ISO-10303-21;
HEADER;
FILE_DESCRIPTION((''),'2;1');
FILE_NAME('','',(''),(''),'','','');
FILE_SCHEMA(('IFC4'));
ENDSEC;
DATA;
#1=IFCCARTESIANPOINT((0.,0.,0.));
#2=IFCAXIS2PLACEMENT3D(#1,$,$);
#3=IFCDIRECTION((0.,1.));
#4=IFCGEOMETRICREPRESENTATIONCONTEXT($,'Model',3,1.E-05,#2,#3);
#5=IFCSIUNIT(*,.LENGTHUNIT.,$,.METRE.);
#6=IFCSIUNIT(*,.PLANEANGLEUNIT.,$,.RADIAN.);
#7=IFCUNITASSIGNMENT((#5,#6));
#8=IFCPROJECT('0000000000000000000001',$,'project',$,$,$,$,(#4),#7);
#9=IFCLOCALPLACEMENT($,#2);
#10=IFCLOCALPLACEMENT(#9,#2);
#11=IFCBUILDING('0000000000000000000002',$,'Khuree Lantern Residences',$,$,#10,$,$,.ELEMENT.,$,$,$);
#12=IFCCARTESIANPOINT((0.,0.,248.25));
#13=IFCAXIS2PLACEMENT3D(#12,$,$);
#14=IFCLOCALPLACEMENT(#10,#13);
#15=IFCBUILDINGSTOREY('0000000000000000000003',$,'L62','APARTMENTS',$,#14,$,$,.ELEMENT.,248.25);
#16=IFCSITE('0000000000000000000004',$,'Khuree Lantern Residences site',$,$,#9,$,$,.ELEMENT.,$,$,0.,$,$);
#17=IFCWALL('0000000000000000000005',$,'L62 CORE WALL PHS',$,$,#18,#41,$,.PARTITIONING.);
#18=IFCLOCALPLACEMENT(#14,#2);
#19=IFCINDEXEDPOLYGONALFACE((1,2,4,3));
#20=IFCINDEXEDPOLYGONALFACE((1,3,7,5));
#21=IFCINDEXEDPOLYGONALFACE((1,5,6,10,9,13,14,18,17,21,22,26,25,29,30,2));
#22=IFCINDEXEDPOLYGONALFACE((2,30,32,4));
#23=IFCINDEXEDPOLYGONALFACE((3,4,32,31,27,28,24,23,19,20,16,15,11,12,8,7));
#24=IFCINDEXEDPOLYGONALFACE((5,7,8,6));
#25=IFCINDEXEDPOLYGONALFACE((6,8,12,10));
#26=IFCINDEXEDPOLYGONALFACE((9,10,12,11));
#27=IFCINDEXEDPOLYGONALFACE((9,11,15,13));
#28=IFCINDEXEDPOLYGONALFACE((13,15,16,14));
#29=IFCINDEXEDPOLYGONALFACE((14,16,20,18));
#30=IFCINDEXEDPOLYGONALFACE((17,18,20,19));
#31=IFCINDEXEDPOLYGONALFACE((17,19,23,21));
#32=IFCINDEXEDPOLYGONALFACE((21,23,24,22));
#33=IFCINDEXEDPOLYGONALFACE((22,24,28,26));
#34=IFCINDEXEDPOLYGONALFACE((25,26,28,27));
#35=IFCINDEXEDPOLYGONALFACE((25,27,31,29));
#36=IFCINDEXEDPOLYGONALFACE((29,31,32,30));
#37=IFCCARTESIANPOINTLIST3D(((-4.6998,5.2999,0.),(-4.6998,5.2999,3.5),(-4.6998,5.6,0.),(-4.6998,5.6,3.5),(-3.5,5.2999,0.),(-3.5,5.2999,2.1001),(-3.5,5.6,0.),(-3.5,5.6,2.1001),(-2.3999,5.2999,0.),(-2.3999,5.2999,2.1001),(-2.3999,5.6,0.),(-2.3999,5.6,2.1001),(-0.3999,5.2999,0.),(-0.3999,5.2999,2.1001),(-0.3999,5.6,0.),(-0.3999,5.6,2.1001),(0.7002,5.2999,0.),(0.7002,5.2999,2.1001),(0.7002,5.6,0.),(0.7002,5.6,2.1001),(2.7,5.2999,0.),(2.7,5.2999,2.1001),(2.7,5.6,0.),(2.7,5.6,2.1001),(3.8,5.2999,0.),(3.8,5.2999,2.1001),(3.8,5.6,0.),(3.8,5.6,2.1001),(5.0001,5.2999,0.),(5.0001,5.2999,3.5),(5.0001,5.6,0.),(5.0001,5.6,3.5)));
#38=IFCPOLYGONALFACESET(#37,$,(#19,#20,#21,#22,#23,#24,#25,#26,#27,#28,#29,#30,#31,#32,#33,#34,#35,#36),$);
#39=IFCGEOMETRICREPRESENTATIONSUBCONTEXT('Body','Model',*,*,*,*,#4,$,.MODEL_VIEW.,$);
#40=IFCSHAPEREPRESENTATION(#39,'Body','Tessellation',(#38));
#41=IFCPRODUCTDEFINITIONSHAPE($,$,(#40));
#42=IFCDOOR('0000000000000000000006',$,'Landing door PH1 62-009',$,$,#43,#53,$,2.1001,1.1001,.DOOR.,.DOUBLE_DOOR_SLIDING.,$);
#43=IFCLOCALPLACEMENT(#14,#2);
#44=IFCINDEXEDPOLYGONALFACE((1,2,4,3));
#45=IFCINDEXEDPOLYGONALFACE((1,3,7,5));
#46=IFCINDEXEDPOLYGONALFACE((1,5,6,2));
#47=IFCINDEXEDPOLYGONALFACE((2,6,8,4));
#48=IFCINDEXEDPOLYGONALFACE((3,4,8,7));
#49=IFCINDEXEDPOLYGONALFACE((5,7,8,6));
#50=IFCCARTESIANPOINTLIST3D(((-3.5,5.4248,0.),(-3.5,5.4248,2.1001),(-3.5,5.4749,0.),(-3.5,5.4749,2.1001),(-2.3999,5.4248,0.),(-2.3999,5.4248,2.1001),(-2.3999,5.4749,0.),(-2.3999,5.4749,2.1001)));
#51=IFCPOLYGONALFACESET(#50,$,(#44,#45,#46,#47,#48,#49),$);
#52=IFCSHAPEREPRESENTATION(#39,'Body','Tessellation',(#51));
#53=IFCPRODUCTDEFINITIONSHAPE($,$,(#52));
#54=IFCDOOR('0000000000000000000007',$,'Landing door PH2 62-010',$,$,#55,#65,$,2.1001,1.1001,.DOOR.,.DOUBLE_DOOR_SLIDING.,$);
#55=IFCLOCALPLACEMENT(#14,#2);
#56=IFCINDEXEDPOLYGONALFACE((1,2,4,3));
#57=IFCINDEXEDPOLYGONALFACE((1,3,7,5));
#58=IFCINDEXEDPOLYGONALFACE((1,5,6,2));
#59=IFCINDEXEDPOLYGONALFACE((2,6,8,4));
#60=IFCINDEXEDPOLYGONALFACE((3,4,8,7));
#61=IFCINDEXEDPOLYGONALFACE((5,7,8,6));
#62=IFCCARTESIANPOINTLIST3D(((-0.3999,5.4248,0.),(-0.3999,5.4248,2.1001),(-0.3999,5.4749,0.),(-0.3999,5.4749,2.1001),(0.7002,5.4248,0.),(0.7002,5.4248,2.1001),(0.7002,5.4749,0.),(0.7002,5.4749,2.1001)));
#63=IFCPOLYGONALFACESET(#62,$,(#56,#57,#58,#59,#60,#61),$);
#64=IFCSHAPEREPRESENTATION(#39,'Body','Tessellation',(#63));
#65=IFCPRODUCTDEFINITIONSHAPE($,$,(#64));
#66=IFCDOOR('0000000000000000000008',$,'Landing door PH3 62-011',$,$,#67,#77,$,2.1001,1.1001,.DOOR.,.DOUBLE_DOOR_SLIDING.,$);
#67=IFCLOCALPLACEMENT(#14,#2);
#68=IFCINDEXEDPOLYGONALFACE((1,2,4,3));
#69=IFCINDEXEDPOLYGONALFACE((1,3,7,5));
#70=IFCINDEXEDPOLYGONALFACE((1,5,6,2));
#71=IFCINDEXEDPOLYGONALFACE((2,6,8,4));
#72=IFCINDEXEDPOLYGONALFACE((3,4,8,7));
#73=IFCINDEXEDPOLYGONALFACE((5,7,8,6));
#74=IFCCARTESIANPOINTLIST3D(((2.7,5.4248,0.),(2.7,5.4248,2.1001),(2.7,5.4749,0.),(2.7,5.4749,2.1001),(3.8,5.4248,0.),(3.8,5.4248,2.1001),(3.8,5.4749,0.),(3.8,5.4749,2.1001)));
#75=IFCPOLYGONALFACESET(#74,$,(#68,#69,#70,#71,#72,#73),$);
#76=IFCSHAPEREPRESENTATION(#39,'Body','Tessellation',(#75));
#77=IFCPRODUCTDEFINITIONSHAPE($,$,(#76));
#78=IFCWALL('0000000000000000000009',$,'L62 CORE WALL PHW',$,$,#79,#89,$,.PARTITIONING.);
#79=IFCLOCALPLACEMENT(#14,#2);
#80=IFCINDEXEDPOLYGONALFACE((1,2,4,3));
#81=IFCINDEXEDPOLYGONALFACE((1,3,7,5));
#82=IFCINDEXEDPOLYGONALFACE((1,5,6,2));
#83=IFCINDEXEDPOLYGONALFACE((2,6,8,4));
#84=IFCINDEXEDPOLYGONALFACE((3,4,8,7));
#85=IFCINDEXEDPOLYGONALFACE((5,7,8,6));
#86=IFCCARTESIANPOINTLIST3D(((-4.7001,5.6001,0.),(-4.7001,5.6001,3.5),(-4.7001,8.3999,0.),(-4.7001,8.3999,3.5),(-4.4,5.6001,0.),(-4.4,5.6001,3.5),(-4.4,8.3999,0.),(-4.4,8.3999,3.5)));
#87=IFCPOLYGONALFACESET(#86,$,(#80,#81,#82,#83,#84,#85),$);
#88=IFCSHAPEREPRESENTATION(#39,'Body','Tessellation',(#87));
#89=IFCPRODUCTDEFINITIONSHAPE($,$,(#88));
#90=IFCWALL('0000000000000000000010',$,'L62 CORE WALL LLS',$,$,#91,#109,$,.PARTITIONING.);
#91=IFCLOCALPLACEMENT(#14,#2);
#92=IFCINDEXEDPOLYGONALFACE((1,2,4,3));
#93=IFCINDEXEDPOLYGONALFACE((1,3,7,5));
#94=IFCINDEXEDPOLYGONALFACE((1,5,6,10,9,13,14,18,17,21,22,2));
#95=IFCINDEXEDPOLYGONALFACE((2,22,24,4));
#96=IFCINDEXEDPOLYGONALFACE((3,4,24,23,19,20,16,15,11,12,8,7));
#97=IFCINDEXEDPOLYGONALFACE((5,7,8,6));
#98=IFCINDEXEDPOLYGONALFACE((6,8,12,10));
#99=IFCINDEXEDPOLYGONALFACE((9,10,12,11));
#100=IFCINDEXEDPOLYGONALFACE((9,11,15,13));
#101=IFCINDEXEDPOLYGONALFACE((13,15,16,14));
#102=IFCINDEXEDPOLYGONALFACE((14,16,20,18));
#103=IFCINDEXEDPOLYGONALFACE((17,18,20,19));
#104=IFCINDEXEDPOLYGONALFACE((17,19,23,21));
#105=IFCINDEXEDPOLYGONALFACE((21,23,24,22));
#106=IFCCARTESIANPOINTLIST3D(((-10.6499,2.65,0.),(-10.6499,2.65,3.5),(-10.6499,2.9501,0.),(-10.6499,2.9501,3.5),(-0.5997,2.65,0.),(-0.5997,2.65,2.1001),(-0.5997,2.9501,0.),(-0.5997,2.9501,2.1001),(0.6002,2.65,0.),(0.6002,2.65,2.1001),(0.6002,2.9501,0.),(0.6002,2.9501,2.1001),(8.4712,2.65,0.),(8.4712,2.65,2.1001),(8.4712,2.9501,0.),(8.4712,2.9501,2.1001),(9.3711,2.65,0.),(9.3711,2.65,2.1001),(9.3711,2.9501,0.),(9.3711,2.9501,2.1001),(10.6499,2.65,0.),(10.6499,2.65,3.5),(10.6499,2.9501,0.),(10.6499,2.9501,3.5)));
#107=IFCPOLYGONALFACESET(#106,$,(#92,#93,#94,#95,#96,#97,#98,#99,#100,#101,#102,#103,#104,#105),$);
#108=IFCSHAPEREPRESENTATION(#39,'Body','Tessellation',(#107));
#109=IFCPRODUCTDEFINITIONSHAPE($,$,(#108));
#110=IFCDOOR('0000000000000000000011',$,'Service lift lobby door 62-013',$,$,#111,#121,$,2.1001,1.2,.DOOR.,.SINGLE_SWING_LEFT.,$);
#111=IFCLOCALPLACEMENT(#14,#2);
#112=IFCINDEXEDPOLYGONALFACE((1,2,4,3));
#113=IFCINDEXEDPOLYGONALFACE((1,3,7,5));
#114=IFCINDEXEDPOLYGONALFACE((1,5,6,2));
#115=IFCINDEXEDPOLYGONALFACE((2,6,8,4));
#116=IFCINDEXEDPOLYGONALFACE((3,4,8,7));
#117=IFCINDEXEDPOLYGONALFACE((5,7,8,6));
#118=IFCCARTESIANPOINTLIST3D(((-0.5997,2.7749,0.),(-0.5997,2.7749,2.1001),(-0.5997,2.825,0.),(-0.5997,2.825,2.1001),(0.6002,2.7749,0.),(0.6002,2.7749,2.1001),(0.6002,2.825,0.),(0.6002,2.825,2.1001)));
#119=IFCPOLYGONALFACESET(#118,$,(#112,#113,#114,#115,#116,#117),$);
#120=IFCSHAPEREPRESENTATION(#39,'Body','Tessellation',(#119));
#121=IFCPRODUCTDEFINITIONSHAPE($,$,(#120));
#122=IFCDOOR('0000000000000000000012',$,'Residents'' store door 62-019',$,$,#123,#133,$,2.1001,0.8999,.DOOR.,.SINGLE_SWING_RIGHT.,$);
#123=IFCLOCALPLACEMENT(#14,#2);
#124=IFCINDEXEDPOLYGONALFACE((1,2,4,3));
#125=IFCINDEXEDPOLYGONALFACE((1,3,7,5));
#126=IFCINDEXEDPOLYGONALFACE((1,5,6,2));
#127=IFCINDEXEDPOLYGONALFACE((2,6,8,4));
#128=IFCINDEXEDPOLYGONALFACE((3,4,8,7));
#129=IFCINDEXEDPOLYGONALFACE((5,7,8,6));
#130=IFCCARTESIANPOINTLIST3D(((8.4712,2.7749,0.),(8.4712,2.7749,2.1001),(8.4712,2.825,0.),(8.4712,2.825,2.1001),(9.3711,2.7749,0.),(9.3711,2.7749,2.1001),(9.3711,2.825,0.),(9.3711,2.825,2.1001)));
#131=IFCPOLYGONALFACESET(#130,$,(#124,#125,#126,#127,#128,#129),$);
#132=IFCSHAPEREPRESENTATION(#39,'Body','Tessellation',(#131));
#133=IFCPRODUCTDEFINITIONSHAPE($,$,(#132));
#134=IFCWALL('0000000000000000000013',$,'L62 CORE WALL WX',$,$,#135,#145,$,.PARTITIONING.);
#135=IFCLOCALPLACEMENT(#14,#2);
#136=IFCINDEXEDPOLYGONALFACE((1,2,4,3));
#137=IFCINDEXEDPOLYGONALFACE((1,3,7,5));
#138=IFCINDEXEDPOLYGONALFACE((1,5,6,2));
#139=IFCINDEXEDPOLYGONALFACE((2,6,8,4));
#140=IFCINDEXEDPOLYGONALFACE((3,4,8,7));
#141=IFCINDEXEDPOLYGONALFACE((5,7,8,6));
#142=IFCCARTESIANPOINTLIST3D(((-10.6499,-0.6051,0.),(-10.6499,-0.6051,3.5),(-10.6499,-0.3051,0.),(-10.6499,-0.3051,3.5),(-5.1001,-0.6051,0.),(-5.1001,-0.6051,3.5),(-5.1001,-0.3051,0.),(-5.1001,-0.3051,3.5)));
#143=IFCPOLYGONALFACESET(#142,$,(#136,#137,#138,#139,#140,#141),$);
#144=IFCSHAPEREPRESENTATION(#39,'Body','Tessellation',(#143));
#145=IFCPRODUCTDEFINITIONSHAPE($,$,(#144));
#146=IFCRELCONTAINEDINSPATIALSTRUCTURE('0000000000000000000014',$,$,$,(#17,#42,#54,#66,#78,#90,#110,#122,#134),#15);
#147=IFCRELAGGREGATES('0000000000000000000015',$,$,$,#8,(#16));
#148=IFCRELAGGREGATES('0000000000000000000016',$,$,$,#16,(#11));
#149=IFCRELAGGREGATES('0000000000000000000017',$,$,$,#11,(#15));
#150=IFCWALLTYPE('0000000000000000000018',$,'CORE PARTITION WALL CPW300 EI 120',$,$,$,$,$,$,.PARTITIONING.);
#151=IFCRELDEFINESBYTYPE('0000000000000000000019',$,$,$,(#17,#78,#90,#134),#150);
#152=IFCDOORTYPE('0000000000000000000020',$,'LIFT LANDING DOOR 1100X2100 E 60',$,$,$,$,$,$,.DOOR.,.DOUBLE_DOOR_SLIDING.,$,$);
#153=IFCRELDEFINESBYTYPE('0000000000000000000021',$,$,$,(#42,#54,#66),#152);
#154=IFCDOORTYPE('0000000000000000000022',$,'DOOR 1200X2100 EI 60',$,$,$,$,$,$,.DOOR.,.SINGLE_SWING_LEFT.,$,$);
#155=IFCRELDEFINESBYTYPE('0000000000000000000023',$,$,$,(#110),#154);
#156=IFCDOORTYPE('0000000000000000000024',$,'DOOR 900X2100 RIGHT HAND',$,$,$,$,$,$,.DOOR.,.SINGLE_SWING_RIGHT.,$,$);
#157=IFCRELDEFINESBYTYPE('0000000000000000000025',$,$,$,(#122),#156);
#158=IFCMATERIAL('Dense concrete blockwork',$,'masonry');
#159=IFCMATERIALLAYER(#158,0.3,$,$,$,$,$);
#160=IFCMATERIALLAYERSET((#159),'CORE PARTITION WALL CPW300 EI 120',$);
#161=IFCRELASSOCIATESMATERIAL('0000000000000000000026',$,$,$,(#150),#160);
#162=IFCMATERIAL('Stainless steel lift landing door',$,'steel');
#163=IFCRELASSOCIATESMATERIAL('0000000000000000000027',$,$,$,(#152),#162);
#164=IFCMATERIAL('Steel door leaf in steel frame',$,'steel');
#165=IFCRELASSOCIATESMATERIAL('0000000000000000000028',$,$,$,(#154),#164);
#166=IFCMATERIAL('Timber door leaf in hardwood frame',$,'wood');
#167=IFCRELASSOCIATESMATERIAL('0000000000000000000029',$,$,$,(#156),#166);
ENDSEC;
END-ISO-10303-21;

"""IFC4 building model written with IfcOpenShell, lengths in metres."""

from ifc_helpers import new_model, si_unit, direction, frame, frame_2d, origin, place, context, subcontext, project, spatial, rectangle, extrude, material, layer, layer_set, type_object, element, fill, save


model = new_model("IFC4")

# Units and contexts
model_context = context("Model", 3, precision=1e-05, world=origin(), true_north=direction((0.0, 1.0)))
body_context = subcontext(model_context, "Body", "Model", "MODEL_VIEW")
ifc_project = project(units=[si_unit("LENGTHUNIT", "METRE"), si_unit("PLANEANGLEUNIT", "RADIAN")], contexts=[model_context])

# Site, building, storey
site_placement = place(None, origin())
site = spatial("IfcSite", under=ifc_project, at=site_placement, Name="Khuree Lantern Residences site", CompositionType="ELEMENT", RefElevation=0.0)
building_placement = place(site_placement, origin())
building = spatial("IfcBuilding", under=site, at=building_placement, Name="Khuree Lantern Residences", CompositionType="ELEMENT")
storey_placement = place(building_placement, frame((0.0, 0.0, 248.25)))
storey = spatial("IfcBuildingStorey", under=building, at=storey_placement, Name="L62", Description="APARTMENTS", CompositionType="ELEMENT", Elevation=248.25)

# Wall, openings, doors
ifc_material_1 = material(Name="Dense concrete blockwork", Category="masonry")
ifc_layer_1 = layer(ifc_material_1, 0.3)
ifc_layer_set_1 = layer_set([ifc_layer_1], Name="CORE PARTITION WALL CPW300 EI 120")
wall_type_1 = type_object("IfcWallType", Name="CORE PARTITION WALL CPW300 EI 120", PredefinedType="PARTITIONING", material=ifc_layer_set_1)
wall_1_placement = place(storey_placement, frame((-4.7, 5.45, 0.0), z_axis=(0.0, 0.0, 1.0), x_axis=(1.0, 0.0, 0.0)))
wall_1 = element("IfcWall", 1, at=wall_1_placement, inside=storey, type_object=wall_type_1, Name="L62 CORE WALL PHS", PredefinedType="PARTITIONING", context=body_context, shape_type="SweptSolid", body=[
    extrude(rectangle(XDim=9.7, YDim=0.3, at=frame_2d((4.8501, 0.0))), origin(), (0.0, 0.0, 1.0), 3.5),
])
opening_1_placement = place(wall_1_placement, frame((1.2, 0.0, 0.0)))
opening_1 = element("IfcOpeningElement", 2, at=opening_1_placement, cuts=wall_1, PredefinedType="OPENING", context=body_context, shape_type="SweptSolid", body=[
    extrude(rectangle(XDim=1.1001, YDim=2.1001, at=frame_2d((0.55, 1.05))), frame((0.0, 0.1602, 0.0), z_axis=(0.0, -1.0, 0.0), x_axis=(1.0, 0.0, 0.0)), (0.0, 0.0, 1.0), 0.3201),
])
opening_2_placement = place(wall_1_placement, frame((4.3, 0.0, 0.0)))
opening_2 = element("IfcOpeningElement", 3, at=opening_2_placement, cuts=wall_1, PredefinedType="OPENING", context=body_context, shape_type="SweptSolid", body=[
    extrude(rectangle(XDim=1.1001, YDim=2.1001, at=frame_2d((0.55, 1.05))), frame((0.0, 0.1602, 0.0), z_axis=(0.0, -1.0, 0.0), x_axis=(1.0, 0.0, 0.0)), (0.0, 0.0, 1.0), 0.3201),
])
opening_3_placement = place(wall_1_placement, frame((7.3999, 0.0, 0.0)))
opening_3 = element("IfcOpeningElement", 4, at=opening_3_placement, cuts=wall_1, PredefinedType="OPENING", context=body_context, shape_type="SweptSolid", body=[
    extrude(rectangle(XDim=1.1001, YDim=2.1001, at=frame_2d((0.55, 1.05))), frame((0.0, 0.1602, 0.0), z_axis=(0.0, -1.0, 0.0), x_axis=(1.0, 0.0, 0.0)), (0.0, 0.0, 1.0), 0.3201),
])
ifc_material_2 = material(Name="Stainless steel lift landing door", Category="steel")
door_type_1 = type_object("IfcDoorType", Name="LIFT LANDING DOOR 1100X2100 E 60", OperationType="DOUBLE_DOOR_SLIDING", PredefinedType="DOOR", material=ifc_material_2)
door_1_placement = place(opening_1_placement, origin())
door_1 = element("IfcDoor", 5, at=door_1_placement, inside=storey, type_object=door_type_1, Name="Landing door PH1 62-009", OperationType="DOUBLE_DOOR_SLIDING", OverallHeight=2.1001, OverallWidth=1.1001, PredefinedType="DOOR", context=body_context, shape_type="SweptSolid", body=[
    extrude(rectangle(XDim=1.1001, YDim=2.1001, at=frame_2d((0.55, 1.05))), frame((0.0, 0.0249, 0.0), z_axis=(0.0, -1.0, 0.0), x_axis=(1.0, 0.0, 0.0)), (0.0, 0.0, 1.0), 0.05),
])
fill(opening_1, door_1)
door_2_placement = place(opening_2_placement, origin())
door_2 = element("IfcDoor", 6, at=door_2_placement, inside=storey, type_object=door_type_1, Name="Landing door PH2 62-010", OperationType="DOUBLE_DOOR_SLIDING", OverallHeight=2.1001, OverallWidth=1.1001, PredefinedType="DOOR", context=body_context, shape_type="SweptSolid", body=[
    extrude(rectangle(XDim=1.1001, YDim=2.1001, at=frame_2d((0.55, 1.05))), frame((0.0, 0.0249, 0.0), z_axis=(0.0, -1.0, 0.0), x_axis=(1.0, 0.0, 0.0)), (0.0, 0.0, 1.0), 0.05),
])
fill(opening_2, door_2)
door_3_placement = place(opening_3_placement, origin())
door_3 = element("IfcDoor", 7, at=door_3_placement, inside=storey, type_object=door_type_1, Name="Landing door PH3 62-011", OperationType="DOUBLE_DOOR_SLIDING", OverallHeight=2.1001, OverallWidth=1.1001, PredefinedType="DOOR", context=body_context, shape_type="SweptSolid", body=[
    extrude(rectangle(XDim=1.1001, YDim=2.1001, at=frame_2d((0.55, 1.05))), frame((0.0, 0.0249, 0.0), z_axis=(0.0, -1.0, 0.0), x_axis=(1.0, 0.0, 0.0)), (0.0, 0.0, 1.0), 0.05),
])
fill(opening_3, door_3)

# Wall
wall_2_placement = place(storey_placement, frame((-4.55, 5.6001, 0.0), z_axis=(0.0, 0.0, 1.0), x_axis=(0.0, 1.0, 0.0)))
element("IfcWall", 8, at=wall_2_placement, inside=storey, type_object=wall_type_1, Name="L62 CORE WALL PHW", PredefinedType="PARTITIONING", context=body_context, shape_type="SweptSolid", body=[
    extrude(rectangle(XDim=2.7998, YDim=0.3, at=frame_2d((1.3999, 0.0))), origin(), (0.0, 0.0, 1.0), 3.5),
])

# Wall, openings, doors
wall_3_placement = place(storey_placement, frame((-10.6499, 2.8, 0.0), z_axis=(0.0, 0.0, 1.0), x_axis=(1.0, 0.0, 0.0)))
wall_3 = element("IfcWall", 9, at=wall_3_placement, inside=storey, type_object=wall_type_1, Name="L62 CORE WALL LLS", PredefinedType="PARTITIONING", context=body_context, shape_type="SweptSolid", body=[
    extrude(rectangle(XDim=21.2998, YDim=0.3, at=frame_2d((10.6499, 0.0))), origin(), (0.0, 0.0, 1.0), 3.5),
])
opening_4_placement = place(wall_3_placement, frame((10.05, 0.0, 0.0)))
opening_4 = element("IfcOpeningElement", 10, at=opening_4_placement, cuts=wall_3, PredefinedType="OPENING", context=body_context, shape_type="SweptSolid", body=[
    extrude(rectangle(XDim=1.2, YDim=2.1001, at=frame_2d((0.6001, 1.05))), frame((0.0, 0.1602, 0.0), z_axis=(0.0, -1.0, 0.0), x_axis=(1.0, 0.0, 0.0)), (0.0, 0.0, 1.0), 0.3201),
])
opening_5_placement = place(wall_3_placement, frame((19.1211, 0.0, 0.0)))
opening_5 = element("IfcOpeningElement", 11, at=opening_5_placement, cuts=wall_3, PredefinedType="OPENING", context=body_context, shape_type="SweptSolid", body=[
    extrude(rectangle(XDim=0.8999, YDim=2.1001, at=frame_2d((0.45, 1.05))), frame((0.0, 0.1602, 0.0), z_axis=(0.0, -1.0, 0.0), x_axis=(1.0, 0.0, 0.0)), (0.0, 0.0, 1.0), 0.3201),
])
ifc_material_3 = material(Name="Steel door leaf in steel frame", Category="steel")
door_type_2 = type_object("IfcDoorType", Name="DOOR 1200X2100 EI 60", OperationType="SINGLE_SWING_LEFT", PredefinedType="DOOR", material=ifc_material_3)
door_4_placement = place(opening_4_placement, origin())
door_4 = element("IfcDoor", 12, at=door_4_placement, inside=storey, type_object=door_type_2, Name="Service lift lobby door 62-013", OperationType="SINGLE_SWING_LEFT", OverallHeight=2.1001, OverallWidth=1.2, PredefinedType="DOOR", context=body_context, shape_type="SweptSolid", body=[
    extrude(rectangle(XDim=1.2, YDim=2.1001, at=frame_2d((0.6001, 1.05))), frame((0.0, 0.0249, 0.0), z_axis=(0.0, -1.0, 0.0), x_axis=(1.0, 0.0, 0.0)), (0.0, 0.0, 1.0), 0.05),
])
fill(opening_4, door_4)
ifc_material_4 = material(Name="Timber door leaf in hardwood frame", Category="wood")
door_type_3 = type_object("IfcDoorType", Name="DOOR 900X2100 RIGHT HAND", OperationType="SINGLE_SWING_RIGHT", PredefinedType="DOOR", material=ifc_material_4)
door_5_placement = place(opening_5_placement, origin())
door_5 = element("IfcDoor", 13, at=door_5_placement, inside=storey, type_object=door_type_3, Name="Residents' store door 62-019", OperationType="SINGLE_SWING_RIGHT", OverallHeight=2.1001, OverallWidth=0.8999, PredefinedType="DOOR", context=body_context, shape_type="SweptSolid", body=[
    extrude(rectangle(XDim=0.8999, YDim=2.1001, at=frame_2d((0.45, 1.05))), frame((0.0, 0.0249, 0.0), z_axis=(0.0, -1.0, 0.0), x_axis=(1.0, 0.0, 0.0)), (0.0, 0.0, 1.0), 0.05),
])
fill(opening_5, door_5)

# Wall
wall_4_placement = place(storey_placement, frame((-10.6499, -0.4551, 0.0), z_axis=(0.0, 0.0, 1.0), x_axis=(1.0, 0.0, 0.0)))
element("IfcWall", 14, at=wall_4_placement, inside=storey, type_object=wall_type_1, Name="L62 CORE WALL WX", PredefinedType="PARTITIONING", context=body_context, shape_type="SweptSolid", body=[
    extrude(rectangle(XDim=5.5498, YDim=0.3, at=frame_2d((2.7749, 0.0))), origin(), (0.0, 0.0, 1.0), 3.5),
])

save(model, "model.ifc")
